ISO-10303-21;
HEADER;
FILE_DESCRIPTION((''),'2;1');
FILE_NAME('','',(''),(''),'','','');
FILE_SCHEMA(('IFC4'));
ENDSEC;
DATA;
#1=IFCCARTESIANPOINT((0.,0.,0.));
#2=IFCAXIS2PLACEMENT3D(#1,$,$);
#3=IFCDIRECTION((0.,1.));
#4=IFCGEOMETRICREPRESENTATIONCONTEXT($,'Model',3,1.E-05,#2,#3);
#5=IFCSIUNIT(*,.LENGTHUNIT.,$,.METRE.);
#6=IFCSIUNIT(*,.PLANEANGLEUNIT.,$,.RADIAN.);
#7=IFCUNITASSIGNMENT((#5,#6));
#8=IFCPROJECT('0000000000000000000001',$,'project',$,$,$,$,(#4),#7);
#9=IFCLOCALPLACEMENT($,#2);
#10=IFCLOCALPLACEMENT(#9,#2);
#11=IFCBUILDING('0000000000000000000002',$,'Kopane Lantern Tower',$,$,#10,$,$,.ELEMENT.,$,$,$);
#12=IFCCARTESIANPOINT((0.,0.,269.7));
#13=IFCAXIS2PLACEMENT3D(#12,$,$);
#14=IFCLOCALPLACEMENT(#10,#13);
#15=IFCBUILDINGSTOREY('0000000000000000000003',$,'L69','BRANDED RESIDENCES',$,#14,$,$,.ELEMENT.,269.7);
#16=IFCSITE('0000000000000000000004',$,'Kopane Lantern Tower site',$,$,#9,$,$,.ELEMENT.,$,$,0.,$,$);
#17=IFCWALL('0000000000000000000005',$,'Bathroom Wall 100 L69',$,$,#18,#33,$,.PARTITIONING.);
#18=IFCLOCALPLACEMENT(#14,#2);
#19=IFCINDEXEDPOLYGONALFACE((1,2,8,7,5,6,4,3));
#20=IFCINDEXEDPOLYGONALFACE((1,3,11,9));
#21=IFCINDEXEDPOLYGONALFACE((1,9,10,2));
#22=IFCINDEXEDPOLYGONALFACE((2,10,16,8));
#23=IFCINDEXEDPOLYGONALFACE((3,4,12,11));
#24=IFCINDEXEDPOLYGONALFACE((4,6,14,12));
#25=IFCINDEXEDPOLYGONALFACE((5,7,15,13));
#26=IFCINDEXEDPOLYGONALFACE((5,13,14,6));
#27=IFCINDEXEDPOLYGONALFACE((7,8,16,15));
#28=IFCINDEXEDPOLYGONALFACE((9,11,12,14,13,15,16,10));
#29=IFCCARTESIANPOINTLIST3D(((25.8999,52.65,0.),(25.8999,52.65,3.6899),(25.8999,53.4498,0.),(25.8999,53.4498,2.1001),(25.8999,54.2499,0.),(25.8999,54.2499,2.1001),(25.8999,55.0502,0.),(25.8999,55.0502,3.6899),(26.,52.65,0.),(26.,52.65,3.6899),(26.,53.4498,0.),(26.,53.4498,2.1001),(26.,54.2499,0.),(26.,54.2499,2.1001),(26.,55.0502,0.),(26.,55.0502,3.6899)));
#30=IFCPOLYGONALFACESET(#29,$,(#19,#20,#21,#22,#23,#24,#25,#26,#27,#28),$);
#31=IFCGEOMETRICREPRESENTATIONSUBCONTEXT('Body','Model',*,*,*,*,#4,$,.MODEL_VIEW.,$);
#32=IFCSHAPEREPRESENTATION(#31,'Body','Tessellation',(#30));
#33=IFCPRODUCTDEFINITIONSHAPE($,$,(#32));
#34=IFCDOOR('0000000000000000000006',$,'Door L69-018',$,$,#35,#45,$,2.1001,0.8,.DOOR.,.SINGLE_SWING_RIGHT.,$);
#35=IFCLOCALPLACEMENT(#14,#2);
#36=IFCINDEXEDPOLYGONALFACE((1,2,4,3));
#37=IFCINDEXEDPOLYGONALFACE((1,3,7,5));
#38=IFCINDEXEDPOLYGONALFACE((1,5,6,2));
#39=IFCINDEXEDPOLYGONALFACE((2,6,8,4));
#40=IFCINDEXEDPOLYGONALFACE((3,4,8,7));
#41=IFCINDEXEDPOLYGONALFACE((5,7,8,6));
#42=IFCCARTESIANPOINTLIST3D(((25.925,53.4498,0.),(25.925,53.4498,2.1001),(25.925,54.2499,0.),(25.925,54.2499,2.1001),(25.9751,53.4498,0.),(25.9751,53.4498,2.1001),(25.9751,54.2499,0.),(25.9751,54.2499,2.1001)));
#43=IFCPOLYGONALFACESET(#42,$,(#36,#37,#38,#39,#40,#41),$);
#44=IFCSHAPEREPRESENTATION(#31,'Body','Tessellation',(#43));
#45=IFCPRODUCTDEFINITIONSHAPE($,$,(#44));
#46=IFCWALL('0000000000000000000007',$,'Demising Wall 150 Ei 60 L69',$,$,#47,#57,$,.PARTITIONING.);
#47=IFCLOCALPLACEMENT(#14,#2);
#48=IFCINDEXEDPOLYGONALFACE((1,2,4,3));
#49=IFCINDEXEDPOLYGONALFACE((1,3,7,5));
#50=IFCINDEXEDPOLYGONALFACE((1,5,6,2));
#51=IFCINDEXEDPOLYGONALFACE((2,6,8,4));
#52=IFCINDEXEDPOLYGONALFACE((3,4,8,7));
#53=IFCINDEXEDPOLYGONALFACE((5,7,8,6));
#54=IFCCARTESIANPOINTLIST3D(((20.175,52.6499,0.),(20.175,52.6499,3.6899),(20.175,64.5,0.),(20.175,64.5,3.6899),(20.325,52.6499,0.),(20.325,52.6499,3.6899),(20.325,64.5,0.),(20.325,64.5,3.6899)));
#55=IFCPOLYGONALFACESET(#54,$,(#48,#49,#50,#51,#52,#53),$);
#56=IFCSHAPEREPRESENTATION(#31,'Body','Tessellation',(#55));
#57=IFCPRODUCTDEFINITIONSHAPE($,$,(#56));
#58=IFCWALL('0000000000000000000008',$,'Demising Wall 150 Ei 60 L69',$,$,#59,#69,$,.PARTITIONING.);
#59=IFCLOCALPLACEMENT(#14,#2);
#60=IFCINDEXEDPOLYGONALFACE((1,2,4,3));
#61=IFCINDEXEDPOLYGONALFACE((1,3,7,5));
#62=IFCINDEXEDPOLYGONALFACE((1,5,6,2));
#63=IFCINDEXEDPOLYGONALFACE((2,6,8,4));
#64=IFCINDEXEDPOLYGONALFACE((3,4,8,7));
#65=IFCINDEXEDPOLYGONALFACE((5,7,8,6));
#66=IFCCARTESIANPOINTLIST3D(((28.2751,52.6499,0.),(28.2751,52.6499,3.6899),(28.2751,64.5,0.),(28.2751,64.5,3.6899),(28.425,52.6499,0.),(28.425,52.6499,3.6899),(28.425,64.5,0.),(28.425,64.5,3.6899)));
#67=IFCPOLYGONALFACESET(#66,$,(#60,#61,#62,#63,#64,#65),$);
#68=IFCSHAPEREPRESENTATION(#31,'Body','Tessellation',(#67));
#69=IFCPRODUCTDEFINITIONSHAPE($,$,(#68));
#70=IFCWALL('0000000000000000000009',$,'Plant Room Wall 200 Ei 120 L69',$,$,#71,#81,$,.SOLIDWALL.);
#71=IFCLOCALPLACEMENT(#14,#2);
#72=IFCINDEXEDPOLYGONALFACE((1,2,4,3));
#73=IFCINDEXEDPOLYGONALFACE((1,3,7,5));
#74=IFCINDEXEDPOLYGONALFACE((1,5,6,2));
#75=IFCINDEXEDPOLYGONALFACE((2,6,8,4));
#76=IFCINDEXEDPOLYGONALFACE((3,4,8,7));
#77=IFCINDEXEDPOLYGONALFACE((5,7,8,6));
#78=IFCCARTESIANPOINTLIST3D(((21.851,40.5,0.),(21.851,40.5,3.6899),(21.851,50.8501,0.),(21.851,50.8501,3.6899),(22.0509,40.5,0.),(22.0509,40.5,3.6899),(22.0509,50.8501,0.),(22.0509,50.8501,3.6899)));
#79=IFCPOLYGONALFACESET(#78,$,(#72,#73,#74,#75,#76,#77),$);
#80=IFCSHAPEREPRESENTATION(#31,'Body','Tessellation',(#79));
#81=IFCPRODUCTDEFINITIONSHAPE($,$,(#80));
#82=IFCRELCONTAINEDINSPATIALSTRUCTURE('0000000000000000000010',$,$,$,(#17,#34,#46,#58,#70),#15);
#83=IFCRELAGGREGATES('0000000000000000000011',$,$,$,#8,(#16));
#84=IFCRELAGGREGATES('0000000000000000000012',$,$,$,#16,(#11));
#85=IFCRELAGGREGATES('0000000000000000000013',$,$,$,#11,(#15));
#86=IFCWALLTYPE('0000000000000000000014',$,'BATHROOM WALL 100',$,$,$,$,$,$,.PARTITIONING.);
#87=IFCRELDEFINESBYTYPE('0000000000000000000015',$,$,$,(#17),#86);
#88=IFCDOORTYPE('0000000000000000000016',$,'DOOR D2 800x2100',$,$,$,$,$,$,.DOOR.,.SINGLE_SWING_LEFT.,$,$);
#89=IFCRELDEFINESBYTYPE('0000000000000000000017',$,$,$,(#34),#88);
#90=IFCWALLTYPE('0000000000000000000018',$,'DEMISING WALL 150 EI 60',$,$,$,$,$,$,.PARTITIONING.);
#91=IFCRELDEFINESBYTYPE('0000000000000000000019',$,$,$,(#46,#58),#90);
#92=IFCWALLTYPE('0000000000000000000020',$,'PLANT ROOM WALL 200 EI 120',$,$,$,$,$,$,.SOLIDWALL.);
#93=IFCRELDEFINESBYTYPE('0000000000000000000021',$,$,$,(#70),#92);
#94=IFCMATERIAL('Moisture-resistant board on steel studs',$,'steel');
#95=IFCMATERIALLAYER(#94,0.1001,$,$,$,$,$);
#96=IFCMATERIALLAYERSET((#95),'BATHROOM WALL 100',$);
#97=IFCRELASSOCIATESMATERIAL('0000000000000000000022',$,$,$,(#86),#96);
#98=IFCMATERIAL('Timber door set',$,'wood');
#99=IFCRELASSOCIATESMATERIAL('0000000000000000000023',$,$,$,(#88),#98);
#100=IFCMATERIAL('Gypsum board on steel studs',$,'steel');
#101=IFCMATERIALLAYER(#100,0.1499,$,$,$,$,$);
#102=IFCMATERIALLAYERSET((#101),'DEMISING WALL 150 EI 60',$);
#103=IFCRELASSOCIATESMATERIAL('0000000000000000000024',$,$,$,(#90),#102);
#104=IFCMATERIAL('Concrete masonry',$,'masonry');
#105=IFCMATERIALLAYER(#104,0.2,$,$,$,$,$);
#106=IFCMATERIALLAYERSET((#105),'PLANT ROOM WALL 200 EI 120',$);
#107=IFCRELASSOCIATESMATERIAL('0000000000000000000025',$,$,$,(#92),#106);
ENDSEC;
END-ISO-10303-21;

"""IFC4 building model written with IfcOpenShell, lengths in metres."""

from ifc_helpers import new_model, si_unit, direction, frame, frame_2d, origin, place, context, subcontext, project, spatial, rectangle, extrude, material, layer, layer_set, type_object, element, fill, save


model = new_model("IFC4")

# Units and contexts
model_context = context("Model", 3, precision=1e-05, world=origin(), true_north=direction((0.0, 1.0)))
body_context = subcontext(model_context, "Body", "Model", "MODEL_VIEW")
ifc_project = project(units=[si_unit("LENGTHUNIT", "METRE"), si_unit("PLANEANGLEUNIT", "RADIAN")], contexts=[model_context])

# Site, building, storey
site_placement = place(None, origin())
site = spatial("IfcSite", under=ifc_project, at=site_placement, Name="Kopane Lantern Tower site", CompositionType="ELEMENT", RefElevation=0.0)
building_placement = place(site_placement, origin())
building = spatial("IfcBuilding", under=site, at=building_placement, Name="Kopane Lantern Tower", CompositionType="ELEMENT")
storey_placement = place(building_placement, frame((0.0, 0.0, 269.7)))
storey = spatial("IfcBuildingStorey", under=building, at=storey_placement, Name="L69", Description="BRANDED RESIDENCES", CompositionType="ELEMENT", Elevation=269.7)

# Wall, opening, door
ifc_material_1 = material(Name="Moisture-resistant board on steel studs", Category="steel")
ifc_layer_1 = layer(ifc_material_1, 0.1001)
ifc_layer_set_1 = layer_set([ifc_layer_1], Name="BATHROOM WALL 100")
wall_type_1 = type_object("IfcWallType", Name="BATHROOM WALL 100", PredefinedType="PARTITIONING", material=ifc_layer_set_1)
wall_1_placement = place(storey_placement, frame((25.95, 52.6499, 0.0), z_axis=(0.0, 0.0, 1.0), x_axis=(0.0, 1.0, 0.0)))
wall_1 = element("IfcWall", 1, at=wall_1_placement, inside=storey, type_object=wall_type_1, Name="Bathroom Wall 100 L69", PredefinedType="PARTITIONING", context=body_context, shape_type="SweptSolid", body=[
    extrude(rectangle(XDim=2.4001, YDim=0.1001, at=frame_2d((1.2002, 0.0))), origin(), (0.0, 0.0, 1.0), 3.6899),
])
opening_1_placement = place(wall_1_placement, frame((0.8, 0.0, 0.0)))
opening_1 = element("IfcOpeningElement", 2, at=opening_1_placement, cuts=wall_1, PredefinedType="OPENING", context=body_context, shape_type="SweptSolid", body=[
    extrude(rectangle(XDim=0.8, YDim=2.1001, at=frame_2d((0.3999, 1.05))), frame((0.0, 0.0601, 0.0), z_axis=(0.0, -1.0, 0.0), x_axis=(1.0, 0.0, 0.0)), (0.0, 0.0, 1.0), 0.1201),
])
ifc_material_2 = material(Name="Timber door set", Category="wood")
door_type_1 = type_object("IfcDoorType", Name="DOOR D2 800x2100", OperationType="SINGLE_SWING_LEFT", PredefinedType="DOOR", material=ifc_material_2)
door_1_placement = place(opening_1_placement, origin())
door_1 = element("IfcDoor", 3, at=door_1_placement, inside=storey, type_object=door_type_1, Name="Door L69-018", OperationType="SINGLE_SWING_RIGHT", OverallHeight=2.1001, OverallWidth=0.8, PredefinedType="DOOR", context=body_context, shape_type="SweptSolid", body=[
    extrude(rectangle(XDim=0.8, YDim=2.1001, at=frame_2d((0.3999, 1.05))), frame((0.0, 0.0249, 0.0), z_axis=(0.0, -1.0, 0.0), x_axis=(1.0, 0.0, 0.0)), (0.0, 0.0, 1.0), 0.05),
])
fill(opening_1, door_1)

# Walls
ifc_material_3 = material(Name="Gypsum board on steel studs", Category="steel")
ifc_layer_2 = layer(ifc_material_3, 0.1499)
ifc_layer_set_2 = layer_set([ifc_layer_2], Name="DEMISING WALL 150 EI 60")
wall_type_2 = type_object("IfcWallType", Name="DEMISING WALL 150 EI 60", PredefinedType="PARTITIONING", material=ifc_layer_set_2)
for number, where, z_axis, x_axis, name in (
    (4, (20.25, 52.6499, 0.0), (0.0, 0.0, 1.0), (0.0, 1.0, 0.0), "Demising Wall 150 Ei 60 L69"),
    (5, (28.3501, 52.6499, 0.0), (0.0, 0.0, 1.0), (0.0, 1.0, 0.0), "Demising Wall 150 Ei 60 L69"),
):
    element("IfcWall", number, at=place(storey_placement, frame(where, z_axis=z_axis, x_axis=x_axis)), inside=storey, type_object=wall_type_2, Name=name, PredefinedType="PARTITIONING", context=body_context, shape_type="SweptSolid", body=[
        extrude(rectangle(XDim=11.8501, YDim=0.1499, at=frame_2d((5.925, 0.0))), origin(), (0.0, 0.0, 1.0), 3.6899),
    ])
ifc_material_4 = material(Name="Concrete masonry", Category="masonry")
ifc_layer_3 = layer(ifc_material_4, 0.2)
ifc_layer_set_3 = layer_set([ifc_layer_3], Name="PLANT ROOM WALL 200 EI 120")
wall_type_3 = type_object("IfcWallType", Name="PLANT ROOM WALL 200 EI 120", PredefinedType="SOLIDWALL", material=ifc_layer_set_3)
wall_2_placement = place(storey_placement, frame((21.9509, 50.8501, 0.0), z_axis=(0.0, 0.0, 1.0), x_axis=(0.0, -1.0, 0.0)))
element("IfcWall", 6, at=wall_2_placement, inside=storey, type_object=wall_type_3, Name="Plant Room Wall 200 Ei 120 L69", PredefinedType="SOLIDWALL", context=body_context, shape_type="SweptSolid", body=[
    extrude(rectangle(XDim=10.3501, YDim=0.2, at=frame_2d((5.175, 0.0))), origin(), (0.0, 0.0, 1.0), 3.6899),
])

save(model, "model.ifc")
